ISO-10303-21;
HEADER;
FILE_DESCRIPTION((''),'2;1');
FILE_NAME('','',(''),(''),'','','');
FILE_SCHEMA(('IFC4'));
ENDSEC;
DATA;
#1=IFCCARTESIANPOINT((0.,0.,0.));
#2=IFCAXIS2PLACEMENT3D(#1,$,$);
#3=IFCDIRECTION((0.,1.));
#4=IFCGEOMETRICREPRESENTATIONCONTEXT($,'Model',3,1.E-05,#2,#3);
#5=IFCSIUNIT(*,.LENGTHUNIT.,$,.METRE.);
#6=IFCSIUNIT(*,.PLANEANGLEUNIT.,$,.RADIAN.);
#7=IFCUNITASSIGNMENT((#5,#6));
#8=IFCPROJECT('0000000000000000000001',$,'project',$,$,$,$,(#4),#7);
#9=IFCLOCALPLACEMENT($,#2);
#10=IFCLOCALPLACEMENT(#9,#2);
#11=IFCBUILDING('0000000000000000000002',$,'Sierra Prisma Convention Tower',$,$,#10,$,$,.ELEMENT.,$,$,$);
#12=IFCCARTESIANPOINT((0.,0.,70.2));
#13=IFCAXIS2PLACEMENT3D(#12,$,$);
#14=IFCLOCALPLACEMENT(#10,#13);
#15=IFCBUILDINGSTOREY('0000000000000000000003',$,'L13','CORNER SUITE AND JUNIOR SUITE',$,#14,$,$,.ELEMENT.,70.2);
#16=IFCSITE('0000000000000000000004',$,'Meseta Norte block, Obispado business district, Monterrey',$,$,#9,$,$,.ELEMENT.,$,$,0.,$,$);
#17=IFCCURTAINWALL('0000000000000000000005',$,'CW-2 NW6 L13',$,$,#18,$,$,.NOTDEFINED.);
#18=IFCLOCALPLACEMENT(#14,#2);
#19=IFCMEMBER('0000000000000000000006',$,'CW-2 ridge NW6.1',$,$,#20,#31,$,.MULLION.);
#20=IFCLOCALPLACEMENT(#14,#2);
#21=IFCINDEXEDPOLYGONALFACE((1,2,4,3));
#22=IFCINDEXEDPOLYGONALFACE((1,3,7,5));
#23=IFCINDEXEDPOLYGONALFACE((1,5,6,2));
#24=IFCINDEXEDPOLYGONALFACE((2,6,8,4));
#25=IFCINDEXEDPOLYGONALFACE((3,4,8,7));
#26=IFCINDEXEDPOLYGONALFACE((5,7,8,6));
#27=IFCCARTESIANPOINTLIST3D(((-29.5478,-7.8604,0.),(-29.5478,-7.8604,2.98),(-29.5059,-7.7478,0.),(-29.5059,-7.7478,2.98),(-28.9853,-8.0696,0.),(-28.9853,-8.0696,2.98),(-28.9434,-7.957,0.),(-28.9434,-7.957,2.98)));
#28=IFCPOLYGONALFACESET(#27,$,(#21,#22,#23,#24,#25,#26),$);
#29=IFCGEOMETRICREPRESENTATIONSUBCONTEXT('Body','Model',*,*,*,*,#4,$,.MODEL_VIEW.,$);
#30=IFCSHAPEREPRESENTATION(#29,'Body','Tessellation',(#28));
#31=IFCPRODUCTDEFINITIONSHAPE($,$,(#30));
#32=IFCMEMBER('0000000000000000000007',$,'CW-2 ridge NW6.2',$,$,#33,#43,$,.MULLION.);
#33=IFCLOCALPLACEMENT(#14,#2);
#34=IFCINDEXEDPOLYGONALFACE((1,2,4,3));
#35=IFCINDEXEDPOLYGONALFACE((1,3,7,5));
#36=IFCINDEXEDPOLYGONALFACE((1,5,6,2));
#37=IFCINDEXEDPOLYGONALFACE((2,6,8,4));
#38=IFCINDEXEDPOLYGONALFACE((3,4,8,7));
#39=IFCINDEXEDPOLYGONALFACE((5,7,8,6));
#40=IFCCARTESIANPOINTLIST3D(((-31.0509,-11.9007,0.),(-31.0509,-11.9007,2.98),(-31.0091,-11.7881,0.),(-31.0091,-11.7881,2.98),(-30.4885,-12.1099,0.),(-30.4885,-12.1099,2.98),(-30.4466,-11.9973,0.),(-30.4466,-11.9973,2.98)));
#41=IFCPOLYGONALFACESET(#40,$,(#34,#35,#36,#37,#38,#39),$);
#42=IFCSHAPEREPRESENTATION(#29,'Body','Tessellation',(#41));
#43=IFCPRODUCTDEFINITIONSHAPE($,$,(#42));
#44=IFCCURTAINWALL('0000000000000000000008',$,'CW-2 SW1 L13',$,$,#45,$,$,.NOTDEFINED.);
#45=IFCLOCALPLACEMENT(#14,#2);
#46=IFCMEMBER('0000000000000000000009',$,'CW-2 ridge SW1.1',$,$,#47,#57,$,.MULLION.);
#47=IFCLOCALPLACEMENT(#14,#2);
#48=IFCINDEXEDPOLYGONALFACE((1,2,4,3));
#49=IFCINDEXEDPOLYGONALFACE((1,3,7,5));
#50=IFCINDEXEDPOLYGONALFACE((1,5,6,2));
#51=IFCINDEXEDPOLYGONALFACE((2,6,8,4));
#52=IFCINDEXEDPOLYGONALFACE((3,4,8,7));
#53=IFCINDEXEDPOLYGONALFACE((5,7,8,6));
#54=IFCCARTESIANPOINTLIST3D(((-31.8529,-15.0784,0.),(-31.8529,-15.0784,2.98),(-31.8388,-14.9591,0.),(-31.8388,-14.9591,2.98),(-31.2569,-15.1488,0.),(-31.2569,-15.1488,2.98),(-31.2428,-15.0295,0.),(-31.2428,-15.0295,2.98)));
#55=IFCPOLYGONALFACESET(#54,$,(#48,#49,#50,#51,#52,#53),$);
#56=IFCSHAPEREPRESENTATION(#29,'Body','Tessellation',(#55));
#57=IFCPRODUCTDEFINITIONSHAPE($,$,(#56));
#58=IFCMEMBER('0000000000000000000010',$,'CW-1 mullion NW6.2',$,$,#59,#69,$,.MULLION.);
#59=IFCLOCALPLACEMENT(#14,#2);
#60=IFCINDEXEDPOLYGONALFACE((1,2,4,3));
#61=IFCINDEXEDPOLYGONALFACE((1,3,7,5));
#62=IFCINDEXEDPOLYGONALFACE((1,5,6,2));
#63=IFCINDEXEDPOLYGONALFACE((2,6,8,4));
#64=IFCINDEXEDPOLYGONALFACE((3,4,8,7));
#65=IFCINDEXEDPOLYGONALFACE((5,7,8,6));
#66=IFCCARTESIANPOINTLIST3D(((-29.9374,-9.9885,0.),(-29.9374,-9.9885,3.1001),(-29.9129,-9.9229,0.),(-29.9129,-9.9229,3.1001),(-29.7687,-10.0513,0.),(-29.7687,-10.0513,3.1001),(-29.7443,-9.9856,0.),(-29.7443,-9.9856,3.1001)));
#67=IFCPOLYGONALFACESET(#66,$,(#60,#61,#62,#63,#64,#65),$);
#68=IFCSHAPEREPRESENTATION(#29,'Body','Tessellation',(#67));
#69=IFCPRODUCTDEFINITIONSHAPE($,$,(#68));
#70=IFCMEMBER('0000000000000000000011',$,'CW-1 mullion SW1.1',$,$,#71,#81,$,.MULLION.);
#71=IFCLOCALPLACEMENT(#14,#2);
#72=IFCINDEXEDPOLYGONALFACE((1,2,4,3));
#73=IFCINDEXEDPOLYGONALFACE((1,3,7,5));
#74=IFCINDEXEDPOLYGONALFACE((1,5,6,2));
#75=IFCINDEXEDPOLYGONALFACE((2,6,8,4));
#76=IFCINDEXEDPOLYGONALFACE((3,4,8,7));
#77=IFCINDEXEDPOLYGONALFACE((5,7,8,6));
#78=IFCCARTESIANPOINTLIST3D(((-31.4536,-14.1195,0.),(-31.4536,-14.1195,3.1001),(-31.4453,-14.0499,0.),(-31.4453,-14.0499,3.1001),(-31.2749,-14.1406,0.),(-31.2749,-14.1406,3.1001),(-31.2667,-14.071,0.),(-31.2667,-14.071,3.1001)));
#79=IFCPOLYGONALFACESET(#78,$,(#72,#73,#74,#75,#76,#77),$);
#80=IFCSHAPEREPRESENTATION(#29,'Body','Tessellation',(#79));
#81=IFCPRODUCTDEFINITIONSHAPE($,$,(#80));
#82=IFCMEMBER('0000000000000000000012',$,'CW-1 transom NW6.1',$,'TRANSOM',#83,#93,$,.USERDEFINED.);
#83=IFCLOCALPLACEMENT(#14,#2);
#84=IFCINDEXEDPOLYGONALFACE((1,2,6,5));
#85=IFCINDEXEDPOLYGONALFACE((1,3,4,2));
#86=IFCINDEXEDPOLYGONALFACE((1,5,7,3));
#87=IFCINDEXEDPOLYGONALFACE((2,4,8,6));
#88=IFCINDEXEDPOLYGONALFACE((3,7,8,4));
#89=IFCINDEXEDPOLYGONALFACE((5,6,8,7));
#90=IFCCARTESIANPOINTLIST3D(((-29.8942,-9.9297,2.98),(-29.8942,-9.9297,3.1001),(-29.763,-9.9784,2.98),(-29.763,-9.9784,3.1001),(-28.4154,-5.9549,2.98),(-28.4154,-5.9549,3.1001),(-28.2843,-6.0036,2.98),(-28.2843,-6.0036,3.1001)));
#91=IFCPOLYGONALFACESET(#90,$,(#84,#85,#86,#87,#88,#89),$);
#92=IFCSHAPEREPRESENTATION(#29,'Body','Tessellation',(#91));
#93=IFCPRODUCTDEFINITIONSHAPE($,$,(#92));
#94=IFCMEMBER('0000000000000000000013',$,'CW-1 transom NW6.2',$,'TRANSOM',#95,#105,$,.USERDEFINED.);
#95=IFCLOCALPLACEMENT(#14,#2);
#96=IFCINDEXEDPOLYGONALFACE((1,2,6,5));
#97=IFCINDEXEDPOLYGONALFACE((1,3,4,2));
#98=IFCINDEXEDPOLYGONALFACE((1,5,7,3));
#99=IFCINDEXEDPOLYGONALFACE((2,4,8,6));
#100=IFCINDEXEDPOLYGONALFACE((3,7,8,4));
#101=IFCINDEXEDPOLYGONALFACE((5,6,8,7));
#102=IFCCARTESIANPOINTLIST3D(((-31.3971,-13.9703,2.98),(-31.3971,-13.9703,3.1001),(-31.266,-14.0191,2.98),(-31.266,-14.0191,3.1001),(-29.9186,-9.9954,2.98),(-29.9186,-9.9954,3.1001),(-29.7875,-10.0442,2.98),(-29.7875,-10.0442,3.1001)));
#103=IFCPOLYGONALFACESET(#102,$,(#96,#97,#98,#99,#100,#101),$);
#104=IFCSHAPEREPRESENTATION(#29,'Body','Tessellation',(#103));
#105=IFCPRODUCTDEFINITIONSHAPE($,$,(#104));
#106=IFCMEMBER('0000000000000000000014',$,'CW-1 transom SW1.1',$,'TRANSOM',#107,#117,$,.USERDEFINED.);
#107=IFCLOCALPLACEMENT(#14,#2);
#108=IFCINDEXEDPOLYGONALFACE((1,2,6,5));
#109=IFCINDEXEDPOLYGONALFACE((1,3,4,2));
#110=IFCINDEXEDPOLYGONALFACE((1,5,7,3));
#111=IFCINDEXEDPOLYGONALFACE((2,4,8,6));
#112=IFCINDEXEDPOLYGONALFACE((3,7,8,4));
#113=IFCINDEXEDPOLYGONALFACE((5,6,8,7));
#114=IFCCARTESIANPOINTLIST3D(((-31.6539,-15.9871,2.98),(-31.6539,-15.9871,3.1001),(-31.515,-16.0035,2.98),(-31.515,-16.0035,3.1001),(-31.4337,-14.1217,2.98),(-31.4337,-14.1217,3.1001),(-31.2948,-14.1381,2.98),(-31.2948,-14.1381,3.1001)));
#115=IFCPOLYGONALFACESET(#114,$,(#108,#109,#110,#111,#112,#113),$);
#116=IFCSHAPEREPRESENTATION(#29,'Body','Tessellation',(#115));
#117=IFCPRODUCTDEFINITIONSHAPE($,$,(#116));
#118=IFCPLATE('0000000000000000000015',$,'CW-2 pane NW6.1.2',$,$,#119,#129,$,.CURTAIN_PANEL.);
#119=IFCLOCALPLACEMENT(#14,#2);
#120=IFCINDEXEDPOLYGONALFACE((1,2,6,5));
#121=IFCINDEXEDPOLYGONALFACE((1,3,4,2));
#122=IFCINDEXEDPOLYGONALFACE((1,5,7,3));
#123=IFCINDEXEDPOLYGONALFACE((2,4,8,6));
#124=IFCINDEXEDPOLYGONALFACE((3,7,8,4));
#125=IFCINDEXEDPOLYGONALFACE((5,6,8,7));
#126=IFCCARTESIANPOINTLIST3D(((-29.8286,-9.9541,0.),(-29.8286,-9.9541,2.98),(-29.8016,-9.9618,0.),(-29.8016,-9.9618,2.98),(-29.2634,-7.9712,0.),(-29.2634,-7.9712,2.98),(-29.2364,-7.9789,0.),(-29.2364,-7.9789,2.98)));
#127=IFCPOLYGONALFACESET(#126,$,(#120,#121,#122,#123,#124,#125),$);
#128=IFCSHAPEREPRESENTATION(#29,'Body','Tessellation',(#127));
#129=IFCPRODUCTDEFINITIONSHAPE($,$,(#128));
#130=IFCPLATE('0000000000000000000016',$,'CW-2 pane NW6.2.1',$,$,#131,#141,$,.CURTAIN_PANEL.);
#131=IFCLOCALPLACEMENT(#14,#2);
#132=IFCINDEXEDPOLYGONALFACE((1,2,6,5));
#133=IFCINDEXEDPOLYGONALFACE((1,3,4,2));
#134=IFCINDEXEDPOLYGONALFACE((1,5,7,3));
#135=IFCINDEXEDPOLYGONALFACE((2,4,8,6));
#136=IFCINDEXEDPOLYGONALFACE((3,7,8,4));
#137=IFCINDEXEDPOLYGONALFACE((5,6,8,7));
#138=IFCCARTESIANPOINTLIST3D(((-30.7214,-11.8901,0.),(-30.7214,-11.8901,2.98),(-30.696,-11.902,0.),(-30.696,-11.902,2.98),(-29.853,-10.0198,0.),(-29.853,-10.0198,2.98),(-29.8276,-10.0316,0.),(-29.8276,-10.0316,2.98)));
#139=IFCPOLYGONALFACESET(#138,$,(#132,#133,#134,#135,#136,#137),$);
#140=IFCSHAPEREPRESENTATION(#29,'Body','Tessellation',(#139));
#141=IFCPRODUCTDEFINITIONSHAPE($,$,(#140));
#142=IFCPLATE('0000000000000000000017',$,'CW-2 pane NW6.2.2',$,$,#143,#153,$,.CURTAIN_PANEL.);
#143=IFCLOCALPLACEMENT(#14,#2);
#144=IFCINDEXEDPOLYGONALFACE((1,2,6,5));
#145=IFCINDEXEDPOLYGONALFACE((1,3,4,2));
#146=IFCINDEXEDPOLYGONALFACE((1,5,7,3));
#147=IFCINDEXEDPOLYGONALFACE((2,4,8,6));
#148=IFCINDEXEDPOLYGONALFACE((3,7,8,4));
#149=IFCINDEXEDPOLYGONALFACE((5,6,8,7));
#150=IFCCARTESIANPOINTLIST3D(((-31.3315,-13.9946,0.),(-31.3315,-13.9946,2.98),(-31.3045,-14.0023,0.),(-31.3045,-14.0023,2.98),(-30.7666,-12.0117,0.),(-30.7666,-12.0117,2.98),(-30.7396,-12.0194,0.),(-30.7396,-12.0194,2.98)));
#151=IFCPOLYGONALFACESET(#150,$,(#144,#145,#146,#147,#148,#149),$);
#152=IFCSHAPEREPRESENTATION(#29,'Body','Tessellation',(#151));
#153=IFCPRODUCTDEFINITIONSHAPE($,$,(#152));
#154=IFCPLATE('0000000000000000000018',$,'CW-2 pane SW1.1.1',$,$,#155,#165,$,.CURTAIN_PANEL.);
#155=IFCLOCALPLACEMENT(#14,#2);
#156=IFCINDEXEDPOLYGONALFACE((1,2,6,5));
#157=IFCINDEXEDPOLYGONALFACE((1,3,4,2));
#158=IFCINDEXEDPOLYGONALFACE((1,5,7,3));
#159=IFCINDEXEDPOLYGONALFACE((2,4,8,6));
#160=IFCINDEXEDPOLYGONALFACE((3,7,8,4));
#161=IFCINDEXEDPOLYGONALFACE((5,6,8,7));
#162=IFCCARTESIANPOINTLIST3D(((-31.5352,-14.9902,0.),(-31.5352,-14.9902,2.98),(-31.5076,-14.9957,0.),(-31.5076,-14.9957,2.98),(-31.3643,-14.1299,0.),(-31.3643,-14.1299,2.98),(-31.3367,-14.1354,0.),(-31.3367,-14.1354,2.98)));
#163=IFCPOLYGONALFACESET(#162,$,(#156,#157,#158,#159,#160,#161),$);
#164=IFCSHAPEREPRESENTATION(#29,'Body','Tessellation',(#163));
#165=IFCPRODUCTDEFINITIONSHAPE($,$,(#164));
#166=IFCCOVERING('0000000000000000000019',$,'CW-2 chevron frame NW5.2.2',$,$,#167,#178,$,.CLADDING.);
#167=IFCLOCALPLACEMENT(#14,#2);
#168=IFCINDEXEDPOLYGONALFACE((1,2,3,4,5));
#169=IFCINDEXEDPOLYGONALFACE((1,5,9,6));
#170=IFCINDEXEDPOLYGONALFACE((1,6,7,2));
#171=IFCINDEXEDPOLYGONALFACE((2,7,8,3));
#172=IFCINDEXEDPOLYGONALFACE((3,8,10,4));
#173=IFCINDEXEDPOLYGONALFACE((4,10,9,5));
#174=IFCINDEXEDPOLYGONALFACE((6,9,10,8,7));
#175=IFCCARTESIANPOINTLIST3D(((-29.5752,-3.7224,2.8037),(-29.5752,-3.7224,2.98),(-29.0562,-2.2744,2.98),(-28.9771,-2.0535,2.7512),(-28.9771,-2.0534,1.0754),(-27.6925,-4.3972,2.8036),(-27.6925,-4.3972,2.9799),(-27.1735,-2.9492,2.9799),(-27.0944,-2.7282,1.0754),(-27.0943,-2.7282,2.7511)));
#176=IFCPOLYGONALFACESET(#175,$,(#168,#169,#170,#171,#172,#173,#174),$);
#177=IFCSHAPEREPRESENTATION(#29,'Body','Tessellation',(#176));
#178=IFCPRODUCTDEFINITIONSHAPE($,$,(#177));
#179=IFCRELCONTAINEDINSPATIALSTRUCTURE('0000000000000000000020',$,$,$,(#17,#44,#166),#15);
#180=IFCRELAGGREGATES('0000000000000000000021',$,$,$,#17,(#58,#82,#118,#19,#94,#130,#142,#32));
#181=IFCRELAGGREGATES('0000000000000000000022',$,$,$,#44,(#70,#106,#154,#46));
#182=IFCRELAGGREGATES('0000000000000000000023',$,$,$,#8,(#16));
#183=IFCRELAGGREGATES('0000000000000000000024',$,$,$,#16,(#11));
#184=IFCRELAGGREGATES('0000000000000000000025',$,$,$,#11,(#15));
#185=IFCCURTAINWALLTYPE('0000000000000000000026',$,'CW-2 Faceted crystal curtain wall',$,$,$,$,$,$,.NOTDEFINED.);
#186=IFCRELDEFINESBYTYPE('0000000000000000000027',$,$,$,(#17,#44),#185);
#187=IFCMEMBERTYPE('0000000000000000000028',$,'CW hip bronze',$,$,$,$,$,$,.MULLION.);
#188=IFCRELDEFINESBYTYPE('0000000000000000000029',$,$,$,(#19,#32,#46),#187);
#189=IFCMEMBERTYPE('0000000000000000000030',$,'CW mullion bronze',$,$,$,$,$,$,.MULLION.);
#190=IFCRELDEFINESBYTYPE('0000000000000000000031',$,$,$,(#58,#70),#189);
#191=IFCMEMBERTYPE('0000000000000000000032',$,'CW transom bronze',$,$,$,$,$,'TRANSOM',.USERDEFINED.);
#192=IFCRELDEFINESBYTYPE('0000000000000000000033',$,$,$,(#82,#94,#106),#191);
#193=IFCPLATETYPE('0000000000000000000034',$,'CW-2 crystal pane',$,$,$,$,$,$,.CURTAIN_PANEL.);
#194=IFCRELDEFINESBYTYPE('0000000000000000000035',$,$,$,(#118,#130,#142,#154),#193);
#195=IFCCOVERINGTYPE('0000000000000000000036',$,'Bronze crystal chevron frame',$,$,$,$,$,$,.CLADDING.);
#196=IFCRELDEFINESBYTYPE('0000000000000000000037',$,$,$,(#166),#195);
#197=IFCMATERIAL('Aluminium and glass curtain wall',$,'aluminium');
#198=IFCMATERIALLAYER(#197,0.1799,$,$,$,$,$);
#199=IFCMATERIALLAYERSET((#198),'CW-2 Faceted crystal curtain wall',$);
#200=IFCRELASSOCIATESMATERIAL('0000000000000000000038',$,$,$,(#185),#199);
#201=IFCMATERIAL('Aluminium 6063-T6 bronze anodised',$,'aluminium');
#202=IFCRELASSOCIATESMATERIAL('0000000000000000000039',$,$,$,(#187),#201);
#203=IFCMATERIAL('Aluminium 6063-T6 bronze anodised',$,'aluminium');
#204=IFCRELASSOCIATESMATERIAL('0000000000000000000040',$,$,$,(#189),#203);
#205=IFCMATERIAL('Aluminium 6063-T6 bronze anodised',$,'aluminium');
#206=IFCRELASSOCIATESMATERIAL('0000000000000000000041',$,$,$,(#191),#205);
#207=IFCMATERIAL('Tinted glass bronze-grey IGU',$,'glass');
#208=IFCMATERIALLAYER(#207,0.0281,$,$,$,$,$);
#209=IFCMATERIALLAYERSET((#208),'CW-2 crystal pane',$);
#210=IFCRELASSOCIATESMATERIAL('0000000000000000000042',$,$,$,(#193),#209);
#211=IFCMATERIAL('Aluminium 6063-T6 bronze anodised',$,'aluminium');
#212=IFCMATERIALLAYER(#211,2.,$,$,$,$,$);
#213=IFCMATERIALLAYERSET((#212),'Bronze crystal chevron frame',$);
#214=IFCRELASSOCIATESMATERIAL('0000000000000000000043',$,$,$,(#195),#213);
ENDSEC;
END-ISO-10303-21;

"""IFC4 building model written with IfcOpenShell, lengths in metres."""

from ifc_helpers import new_model, si_unit, direction, frame, origin, origin_2d, place, context, subcontext, project, spatial, polyline, rectangle, outline, extrude, material, layer, layer_set, material_profile, profile_set, type_object, element, aggregate, save


model = new_model("IFC4")

# Units and contexts
model_context = context("Model", 3, precision=1e-05, world=origin(), true_north=direction((0.0, 1.0)))
body_context = subcontext(model_context, "Body", "Model", "MODEL_VIEW")
ifc_project = project(units=[si_unit("LENGTHUNIT", "METRE"), si_unit("PLANEANGLEUNIT", "RADIAN")], contexts=[model_context])

# Site, building, storey
site_placement = place(None, origin())
site = spatial("IfcSite", under=ifc_project, at=site_placement, Name="Meseta Norte block, Obispado business district, Monterrey", CompositionType="ELEMENT", RefElevation=0.0)
building_placement = place(site_placement, origin())
building = spatial("IfcBuilding", under=site, at=building_placement, Name="Sierra Prisma Convention Tower", CompositionType="ELEMENT")
storey_placement = place(building_placement, frame((0.0, 0.0, 70.2)))
storey = spatial("IfcBuildingStorey", under=building, at=storey_placement, Name="L13", Description="CORNER SUITE AND JUNIOR SUITE", CompositionType="ELEMENT", Elevation=70.2)

# Curtain wall, members
ifc_material_1 = material(Name="Aluminium and glass curtain wall", Category="aluminium")
ifc_layer_1 = layer(ifc_material_1, 0.1799)
ifc_layer_set_1 = layer_set([ifc_layer_1], Name="CW-2 Faceted crystal curtain wall")
curtain_wall_type = type_object("IfcCurtainWallType", Name="CW-2 Faceted crystal curtain wall", PredefinedType="NOTDEFINED", material=ifc_layer_set_1)
curtain_wall_1_placement = place(storey_placement, origin())
curtain_wall_1 = element("IfcCurtainWall", 1, at=curtain_wall_1_placement, inside=storey, type_object=curtain_wall_type, Name="CW-2 NW6 L13", PredefinedType="NOTDEFINED")
ifc_material_2 = material(Name="Aluminium 6063-T6 bronze anodised", Category="aluminium")
ifc_material_profile_1 = material_profile(ifc_material_2, rectangle(XDim=0.1201, YDim=0.6001, at=origin_2d()), Name="ALU RIDGE BLADE 120x600")
ifc_profile_set_1 = profile_set([ifc_material_profile_1], Name="Aluminium 6063-T6 bronze anodised")
member_type_1 = type_object("IfcMemberType", Name="CW hip bronze", PredefinedType="MULLION", material=ifc_profile_set_1)
member_1_placement = place(storey_placement, frame((-29.2456, -7.9087, 0.0), z_axis=(0.0, 0.0, 1.0), x_axis=(-0.34865, -0.937253, 0.0)))
member_1 = element("IfcMember", 2, at=member_1_placement, type_object=member_type_1, Name="CW-2 ridge NW6.1", PredefinedType="MULLION", context=body_context, shape_type="SweptSolid", body=[
    extrude(rectangle(XDim=0.1201, YDim=0.6001, at=origin_2d()), origin(), (0.0, 0.0, 1.0), 2.98),
])
member_2_placement = place(storey_placement, frame((-30.7488, -11.949, 0.0), z_axis=(0.0, 0.0, 1.0), x_axis=(-0.34865, -0.937253, 0.0)))
member_2 = element("IfcMember", 3, at=member_2_placement, type_object=member_type_1, Name="CW-2 ridge NW6.2", PredefinedType="MULLION", context=body_context, shape_type="SweptSolid", body=[
    extrude(rectangle(XDim=0.1201, YDim=0.6001, at=origin_2d()), origin(), (0.0, 0.0, 1.0), 2.98),
])

# Curtain wall, member
curtain_wall_2_placement = place(storey_placement, origin())
curtain_wall_2 = element("IfcCurtainWall", 4, at=curtain_wall_2_placement, inside=storey, type_object=curtain_wall_type, Name="CW-2 SW1 L13", PredefinedType="NOTDEFINED")
member_3_placement = place(storey_placement, frame((-31.5479, -15.054, 0.0), z_axis=(0.0, 0.0, 1.0), x_axis=(-0.117263, -0.993101, 0.0)))
member_3 = element("IfcMember", 5, at=member_3_placement, type_object=member_type_1, Name="CW-2 ridge SW1.1", PredefinedType="MULLION", context=body_context, shape_type="SweptSolid", body=[
    extrude(rectangle(XDim=0.1201, YDim=0.6001, at=origin_2d()), origin(), (0.0, 0.0, 1.0), 2.98),
])

# Members
ifc_material_3 = material(Name="Aluminium 6063-T6 bronze anodised", Category="aluminium")
ifc_material_profile_2 = material_profile(ifc_material_3, rectangle(XDim=0.1799, YDim=0.0701, at=origin_2d()), Name="ALU MULLION 70x180")
ifc_profile_set_2 = profile_set([ifc_material_profile_2], Name="Aluminium 6063-T6 bronze anodised")
member_type_2 = type_object("IfcMemberType", Name="CW mullion bronze", PredefinedType="MULLION", material=ifc_profile_set_2)
member_4_placement = place(storey_placement, frame((-29.8408, -9.9871, 0.0), z_axis=(0.0, 0.0, 1.0), x_axis=(0.937253, -0.34865, 0.0)))
member_4 = element("IfcMember", 6, at=member_4_placement, type_object=member_type_2, Name="CW-1 mullion NW6.2", PredefinedType="MULLION", context=body_context, shape_type="SweptSolid", body=[
    extrude(rectangle(XDim=0.1799, YDim=0.0701, at=origin_2d()), origin(), (0.0, 0.0, 1.0), 3.1001),
])
member_5_placement = place(storey_placement, frame((-31.3601, -14.0952, 0.0), z_axis=(0.0, 0.0, 1.0), x_axis=(0.993101, -0.117263, 0.0)))
member_5 = element("IfcMember", 7, at=member_5_placement, type_object=member_type_2, Name="CW-1 mullion SW1.1", PredefinedType="MULLION", context=body_context, shape_type="SweptSolid", body=[
    extrude(rectangle(XDim=0.1799, YDim=0.0701, at=origin_2d()), origin(), (0.0, 0.0, 1.0), 3.1001),
])
ifc_material_4 = material(Name="Aluminium 6063-T6 bronze anodised", Category="aluminium")
ifc_material_profile_3 = material_profile(ifc_material_4, rectangle(XDim=0.1399, YDim=0.1201, at=origin_2d()), Name="ALU TRANSOM 120x140")
ifc_profile_set_3 = profile_set([ifc_material_profile_3], Name="Aluminium 6063-T6 bronze anodised")
member_type_3 = type_object("IfcMemberType", Name="CW transom bronze", ElementType="TRANSOM", PredefinedType="USERDEFINED", material=ifc_profile_set_3)
member_6_placement = place(storey_placement, frame((-28.3499, -5.9792, 3.04), z_axis=(-0.348681, -0.937242, 0.0), x_axis=(0.937242, -0.348681, 0.0)))
member_6 = element("IfcMember", 8, at=member_6_placement, type_object=member_type_3, Name="CW-1 transom NW6.1", ObjectType="TRANSOM", PredefinedType="USERDEFINED", context=body_context, shape_type="SweptSolid", body=[
    extrude(rectangle(XDim=0.1399, YDim=0.1201, at=origin_2d()), origin(), (0.0, 0.0, 1.0), 4.241),
])
member_7_placement = place(storey_placement, frame((-29.853, -10.0198, 3.04), z_axis=(-0.34863, -0.93726, 0.0), x_axis=(0.93726, -0.34863, 0.0)))
member_7 = element("IfcMember", 9, at=member_7_placement, type_object=member_type_3, Name="CW-1 transom NW6.2", ObjectType="TRANSOM", PredefinedType="USERDEFINED", context=body_context, shape_type="SweptSolid", body=[
    extrude(rectangle(XDim=0.1399, YDim=0.1201, at=origin_2d()), origin(), (0.0, 0.0, 1.0), 4.241),
])
member_8_placement = place(storey_placement, frame((-31.3643, -14.1299, 3.04), z_axis=(-0.117233, -0.993104, 0.0), x_axis=(0.993104, -0.117233, 0.0)))
member_8 = element("IfcMember", 10, at=member_8_placement, type_object=member_type_3, Name="CW-1 transom SW1.1", ObjectType="TRANSOM", PredefinedType="USERDEFINED", context=body_context, shape_type="SweptSolid", body=[
    extrude(rectangle(XDim=0.1399, YDim=0.1201, at=origin_2d()), origin(), (0.0, 0.0, 1.0), 1.8784),
])

# Plates
ifc_material_5 = material(Name="Tinted glass bronze-grey IGU", Category="glass")
ifc_layer_2 = layer(ifc_material_5, 0.0281)
ifc_layer_set_2 = layer_set([ifc_layer_2], Name="CW-2 crystal pane")
plate_type = type_object("IfcPlateType", Name="CW-2 crystal pane", PredefinedType="CURTAIN_PANEL", material=ifc_layer_set_2)
plate_1_placement = place(storey_placement, frame((-29.8286, -9.9541, 0.0), z_axis=(-0.961698, 0.274111, 0.0), x_axis=(0.274111, 0.961698, 0.0)))
plate_1 = element("IfcPlate", 11, at=plate_1_placement, type_object=plate_type, Name="CW-2 pane NW6.1.2", PredefinedType="CURTAIN_PANEL", context=body_context, shape_type="SweptSolid", body=[
    extrude(outline(polyline([(0.0, 0.0), (2.0619, 0.0), (2.0619, -2.98), (0.0, -2.98), (0.0, 0.0)])), origin(), (0.0, 0.0, -1.0), 0.0281),
])
plate_2_placement = place(storey_placement, frame((-29.853, -10.0198, 0.0), z_axis=(-0.907004, 0.421122, 0.0), x_axis=(-0.421122, -0.907004, 0.0)))
plate_2 = element("IfcPlate", 12, at=plate_2_placement, type_object=plate_type, Name="CW-2 pane NW6.2.1", PredefinedType="CURTAIN_PANEL", context=body_context, shape_type="SweptSolid", body=[
    extrude(outline(polyline([(0.0, 0.0), (2.0621, 0.0), (2.0621, 2.98), (0.0, 2.98), (0.0, 0.0)])), origin(), (0.0, 0.0, -1.0), 0.0281),
])
plate_3_placement = place(storey_placement, frame((-31.3315, -13.9946, 0.0), z_axis=(-0.961729, 0.274002, 0.0), x_axis=(0.274002, 0.961729, 0.0)))
plate_3 = element("IfcPlate", 13, at=plate_3_placement, type_object=plate_type, Name="CW-2 pane NW6.2.2", PredefinedType="CURTAIN_PANEL", context=body_context, shape_type="SweptSolid", body=[
    extrude(outline(polyline([(0.0, 0.0), (2.0618, 0.0), (2.0618, -2.98), (0.0, -2.98), (0.0, 0.0)])), origin(), (0.0, 0.0, -1.0), 0.0281),
])
aggregate(curtain_wall_1, [member_4, member_6, plate_1, member_1, member_7, plate_2, plate_3, member_2])
plate_4_placement = place(storey_placement, frame((-31.3643, -14.1299, 0.0), z_axis=(-0.980837, 0.194831, 0.0), x_axis=(-0.194831, -0.980837, 0.0)))
plate_4 = element("IfcPlate", 14, at=plate_4_placement, type_object=plate_type, Name="CW-2 pane SW1.1.1", PredefinedType="CURTAIN_PANEL", context=body_context, shape_type="SweptSolid", body=[
    extrude(outline(polyline([(0.0, 0.0), (0.8772, 0.0), (0.8772, 2.98), (0.0, 2.98), (0.0, 0.0)])), origin(), (0.0, 0.0, -1.0), 0.0281),
])
aggregate(curtain_wall_2, [member_5, member_8, plate_4, member_3])

# Covering
ifc_material_6 = material(Name="Aluminium 6063-T6 bronze anodised", Category="aluminium")
ifc_layer_3 = layer(ifc_material_6, 2.0)
ifc_layer_set_3 = layer_set([ifc_layer_3], Name="Bronze crystal chevron frame")
covering_type = type_object("IfcCoveringType", Name="Bronze crystal chevron frame", PredefinedType="CLADDING", material=ifc_layer_set_3)
covering_1_placement = place(storey_placement, frame((-29.5752, -3.7224, 2.98), z_axis=(-0.941366, 0.337388, 0.000039), x_axis=(0.337388, 0.941366, 0.0)))
element("IfcCovering", 15, at=covering_1_placement, inside=storey, type_object=covering_type, Name="CW-2 chevron frame NW5.2.2", PredefinedType="CLADDING", context=body_context, shape_type="SweptSolid", body=[
    extrude(outline(polyline([(0.0, 0.0), (1.5382, 0.0), (1.7729, 0.2288), (1.7729, 1.9045), (0.0, 0.1763), (0.0, 0.0)])), origin(), (0.0, 0.0, -1.0), 2.0),
])

save(model, "model.ifc")
